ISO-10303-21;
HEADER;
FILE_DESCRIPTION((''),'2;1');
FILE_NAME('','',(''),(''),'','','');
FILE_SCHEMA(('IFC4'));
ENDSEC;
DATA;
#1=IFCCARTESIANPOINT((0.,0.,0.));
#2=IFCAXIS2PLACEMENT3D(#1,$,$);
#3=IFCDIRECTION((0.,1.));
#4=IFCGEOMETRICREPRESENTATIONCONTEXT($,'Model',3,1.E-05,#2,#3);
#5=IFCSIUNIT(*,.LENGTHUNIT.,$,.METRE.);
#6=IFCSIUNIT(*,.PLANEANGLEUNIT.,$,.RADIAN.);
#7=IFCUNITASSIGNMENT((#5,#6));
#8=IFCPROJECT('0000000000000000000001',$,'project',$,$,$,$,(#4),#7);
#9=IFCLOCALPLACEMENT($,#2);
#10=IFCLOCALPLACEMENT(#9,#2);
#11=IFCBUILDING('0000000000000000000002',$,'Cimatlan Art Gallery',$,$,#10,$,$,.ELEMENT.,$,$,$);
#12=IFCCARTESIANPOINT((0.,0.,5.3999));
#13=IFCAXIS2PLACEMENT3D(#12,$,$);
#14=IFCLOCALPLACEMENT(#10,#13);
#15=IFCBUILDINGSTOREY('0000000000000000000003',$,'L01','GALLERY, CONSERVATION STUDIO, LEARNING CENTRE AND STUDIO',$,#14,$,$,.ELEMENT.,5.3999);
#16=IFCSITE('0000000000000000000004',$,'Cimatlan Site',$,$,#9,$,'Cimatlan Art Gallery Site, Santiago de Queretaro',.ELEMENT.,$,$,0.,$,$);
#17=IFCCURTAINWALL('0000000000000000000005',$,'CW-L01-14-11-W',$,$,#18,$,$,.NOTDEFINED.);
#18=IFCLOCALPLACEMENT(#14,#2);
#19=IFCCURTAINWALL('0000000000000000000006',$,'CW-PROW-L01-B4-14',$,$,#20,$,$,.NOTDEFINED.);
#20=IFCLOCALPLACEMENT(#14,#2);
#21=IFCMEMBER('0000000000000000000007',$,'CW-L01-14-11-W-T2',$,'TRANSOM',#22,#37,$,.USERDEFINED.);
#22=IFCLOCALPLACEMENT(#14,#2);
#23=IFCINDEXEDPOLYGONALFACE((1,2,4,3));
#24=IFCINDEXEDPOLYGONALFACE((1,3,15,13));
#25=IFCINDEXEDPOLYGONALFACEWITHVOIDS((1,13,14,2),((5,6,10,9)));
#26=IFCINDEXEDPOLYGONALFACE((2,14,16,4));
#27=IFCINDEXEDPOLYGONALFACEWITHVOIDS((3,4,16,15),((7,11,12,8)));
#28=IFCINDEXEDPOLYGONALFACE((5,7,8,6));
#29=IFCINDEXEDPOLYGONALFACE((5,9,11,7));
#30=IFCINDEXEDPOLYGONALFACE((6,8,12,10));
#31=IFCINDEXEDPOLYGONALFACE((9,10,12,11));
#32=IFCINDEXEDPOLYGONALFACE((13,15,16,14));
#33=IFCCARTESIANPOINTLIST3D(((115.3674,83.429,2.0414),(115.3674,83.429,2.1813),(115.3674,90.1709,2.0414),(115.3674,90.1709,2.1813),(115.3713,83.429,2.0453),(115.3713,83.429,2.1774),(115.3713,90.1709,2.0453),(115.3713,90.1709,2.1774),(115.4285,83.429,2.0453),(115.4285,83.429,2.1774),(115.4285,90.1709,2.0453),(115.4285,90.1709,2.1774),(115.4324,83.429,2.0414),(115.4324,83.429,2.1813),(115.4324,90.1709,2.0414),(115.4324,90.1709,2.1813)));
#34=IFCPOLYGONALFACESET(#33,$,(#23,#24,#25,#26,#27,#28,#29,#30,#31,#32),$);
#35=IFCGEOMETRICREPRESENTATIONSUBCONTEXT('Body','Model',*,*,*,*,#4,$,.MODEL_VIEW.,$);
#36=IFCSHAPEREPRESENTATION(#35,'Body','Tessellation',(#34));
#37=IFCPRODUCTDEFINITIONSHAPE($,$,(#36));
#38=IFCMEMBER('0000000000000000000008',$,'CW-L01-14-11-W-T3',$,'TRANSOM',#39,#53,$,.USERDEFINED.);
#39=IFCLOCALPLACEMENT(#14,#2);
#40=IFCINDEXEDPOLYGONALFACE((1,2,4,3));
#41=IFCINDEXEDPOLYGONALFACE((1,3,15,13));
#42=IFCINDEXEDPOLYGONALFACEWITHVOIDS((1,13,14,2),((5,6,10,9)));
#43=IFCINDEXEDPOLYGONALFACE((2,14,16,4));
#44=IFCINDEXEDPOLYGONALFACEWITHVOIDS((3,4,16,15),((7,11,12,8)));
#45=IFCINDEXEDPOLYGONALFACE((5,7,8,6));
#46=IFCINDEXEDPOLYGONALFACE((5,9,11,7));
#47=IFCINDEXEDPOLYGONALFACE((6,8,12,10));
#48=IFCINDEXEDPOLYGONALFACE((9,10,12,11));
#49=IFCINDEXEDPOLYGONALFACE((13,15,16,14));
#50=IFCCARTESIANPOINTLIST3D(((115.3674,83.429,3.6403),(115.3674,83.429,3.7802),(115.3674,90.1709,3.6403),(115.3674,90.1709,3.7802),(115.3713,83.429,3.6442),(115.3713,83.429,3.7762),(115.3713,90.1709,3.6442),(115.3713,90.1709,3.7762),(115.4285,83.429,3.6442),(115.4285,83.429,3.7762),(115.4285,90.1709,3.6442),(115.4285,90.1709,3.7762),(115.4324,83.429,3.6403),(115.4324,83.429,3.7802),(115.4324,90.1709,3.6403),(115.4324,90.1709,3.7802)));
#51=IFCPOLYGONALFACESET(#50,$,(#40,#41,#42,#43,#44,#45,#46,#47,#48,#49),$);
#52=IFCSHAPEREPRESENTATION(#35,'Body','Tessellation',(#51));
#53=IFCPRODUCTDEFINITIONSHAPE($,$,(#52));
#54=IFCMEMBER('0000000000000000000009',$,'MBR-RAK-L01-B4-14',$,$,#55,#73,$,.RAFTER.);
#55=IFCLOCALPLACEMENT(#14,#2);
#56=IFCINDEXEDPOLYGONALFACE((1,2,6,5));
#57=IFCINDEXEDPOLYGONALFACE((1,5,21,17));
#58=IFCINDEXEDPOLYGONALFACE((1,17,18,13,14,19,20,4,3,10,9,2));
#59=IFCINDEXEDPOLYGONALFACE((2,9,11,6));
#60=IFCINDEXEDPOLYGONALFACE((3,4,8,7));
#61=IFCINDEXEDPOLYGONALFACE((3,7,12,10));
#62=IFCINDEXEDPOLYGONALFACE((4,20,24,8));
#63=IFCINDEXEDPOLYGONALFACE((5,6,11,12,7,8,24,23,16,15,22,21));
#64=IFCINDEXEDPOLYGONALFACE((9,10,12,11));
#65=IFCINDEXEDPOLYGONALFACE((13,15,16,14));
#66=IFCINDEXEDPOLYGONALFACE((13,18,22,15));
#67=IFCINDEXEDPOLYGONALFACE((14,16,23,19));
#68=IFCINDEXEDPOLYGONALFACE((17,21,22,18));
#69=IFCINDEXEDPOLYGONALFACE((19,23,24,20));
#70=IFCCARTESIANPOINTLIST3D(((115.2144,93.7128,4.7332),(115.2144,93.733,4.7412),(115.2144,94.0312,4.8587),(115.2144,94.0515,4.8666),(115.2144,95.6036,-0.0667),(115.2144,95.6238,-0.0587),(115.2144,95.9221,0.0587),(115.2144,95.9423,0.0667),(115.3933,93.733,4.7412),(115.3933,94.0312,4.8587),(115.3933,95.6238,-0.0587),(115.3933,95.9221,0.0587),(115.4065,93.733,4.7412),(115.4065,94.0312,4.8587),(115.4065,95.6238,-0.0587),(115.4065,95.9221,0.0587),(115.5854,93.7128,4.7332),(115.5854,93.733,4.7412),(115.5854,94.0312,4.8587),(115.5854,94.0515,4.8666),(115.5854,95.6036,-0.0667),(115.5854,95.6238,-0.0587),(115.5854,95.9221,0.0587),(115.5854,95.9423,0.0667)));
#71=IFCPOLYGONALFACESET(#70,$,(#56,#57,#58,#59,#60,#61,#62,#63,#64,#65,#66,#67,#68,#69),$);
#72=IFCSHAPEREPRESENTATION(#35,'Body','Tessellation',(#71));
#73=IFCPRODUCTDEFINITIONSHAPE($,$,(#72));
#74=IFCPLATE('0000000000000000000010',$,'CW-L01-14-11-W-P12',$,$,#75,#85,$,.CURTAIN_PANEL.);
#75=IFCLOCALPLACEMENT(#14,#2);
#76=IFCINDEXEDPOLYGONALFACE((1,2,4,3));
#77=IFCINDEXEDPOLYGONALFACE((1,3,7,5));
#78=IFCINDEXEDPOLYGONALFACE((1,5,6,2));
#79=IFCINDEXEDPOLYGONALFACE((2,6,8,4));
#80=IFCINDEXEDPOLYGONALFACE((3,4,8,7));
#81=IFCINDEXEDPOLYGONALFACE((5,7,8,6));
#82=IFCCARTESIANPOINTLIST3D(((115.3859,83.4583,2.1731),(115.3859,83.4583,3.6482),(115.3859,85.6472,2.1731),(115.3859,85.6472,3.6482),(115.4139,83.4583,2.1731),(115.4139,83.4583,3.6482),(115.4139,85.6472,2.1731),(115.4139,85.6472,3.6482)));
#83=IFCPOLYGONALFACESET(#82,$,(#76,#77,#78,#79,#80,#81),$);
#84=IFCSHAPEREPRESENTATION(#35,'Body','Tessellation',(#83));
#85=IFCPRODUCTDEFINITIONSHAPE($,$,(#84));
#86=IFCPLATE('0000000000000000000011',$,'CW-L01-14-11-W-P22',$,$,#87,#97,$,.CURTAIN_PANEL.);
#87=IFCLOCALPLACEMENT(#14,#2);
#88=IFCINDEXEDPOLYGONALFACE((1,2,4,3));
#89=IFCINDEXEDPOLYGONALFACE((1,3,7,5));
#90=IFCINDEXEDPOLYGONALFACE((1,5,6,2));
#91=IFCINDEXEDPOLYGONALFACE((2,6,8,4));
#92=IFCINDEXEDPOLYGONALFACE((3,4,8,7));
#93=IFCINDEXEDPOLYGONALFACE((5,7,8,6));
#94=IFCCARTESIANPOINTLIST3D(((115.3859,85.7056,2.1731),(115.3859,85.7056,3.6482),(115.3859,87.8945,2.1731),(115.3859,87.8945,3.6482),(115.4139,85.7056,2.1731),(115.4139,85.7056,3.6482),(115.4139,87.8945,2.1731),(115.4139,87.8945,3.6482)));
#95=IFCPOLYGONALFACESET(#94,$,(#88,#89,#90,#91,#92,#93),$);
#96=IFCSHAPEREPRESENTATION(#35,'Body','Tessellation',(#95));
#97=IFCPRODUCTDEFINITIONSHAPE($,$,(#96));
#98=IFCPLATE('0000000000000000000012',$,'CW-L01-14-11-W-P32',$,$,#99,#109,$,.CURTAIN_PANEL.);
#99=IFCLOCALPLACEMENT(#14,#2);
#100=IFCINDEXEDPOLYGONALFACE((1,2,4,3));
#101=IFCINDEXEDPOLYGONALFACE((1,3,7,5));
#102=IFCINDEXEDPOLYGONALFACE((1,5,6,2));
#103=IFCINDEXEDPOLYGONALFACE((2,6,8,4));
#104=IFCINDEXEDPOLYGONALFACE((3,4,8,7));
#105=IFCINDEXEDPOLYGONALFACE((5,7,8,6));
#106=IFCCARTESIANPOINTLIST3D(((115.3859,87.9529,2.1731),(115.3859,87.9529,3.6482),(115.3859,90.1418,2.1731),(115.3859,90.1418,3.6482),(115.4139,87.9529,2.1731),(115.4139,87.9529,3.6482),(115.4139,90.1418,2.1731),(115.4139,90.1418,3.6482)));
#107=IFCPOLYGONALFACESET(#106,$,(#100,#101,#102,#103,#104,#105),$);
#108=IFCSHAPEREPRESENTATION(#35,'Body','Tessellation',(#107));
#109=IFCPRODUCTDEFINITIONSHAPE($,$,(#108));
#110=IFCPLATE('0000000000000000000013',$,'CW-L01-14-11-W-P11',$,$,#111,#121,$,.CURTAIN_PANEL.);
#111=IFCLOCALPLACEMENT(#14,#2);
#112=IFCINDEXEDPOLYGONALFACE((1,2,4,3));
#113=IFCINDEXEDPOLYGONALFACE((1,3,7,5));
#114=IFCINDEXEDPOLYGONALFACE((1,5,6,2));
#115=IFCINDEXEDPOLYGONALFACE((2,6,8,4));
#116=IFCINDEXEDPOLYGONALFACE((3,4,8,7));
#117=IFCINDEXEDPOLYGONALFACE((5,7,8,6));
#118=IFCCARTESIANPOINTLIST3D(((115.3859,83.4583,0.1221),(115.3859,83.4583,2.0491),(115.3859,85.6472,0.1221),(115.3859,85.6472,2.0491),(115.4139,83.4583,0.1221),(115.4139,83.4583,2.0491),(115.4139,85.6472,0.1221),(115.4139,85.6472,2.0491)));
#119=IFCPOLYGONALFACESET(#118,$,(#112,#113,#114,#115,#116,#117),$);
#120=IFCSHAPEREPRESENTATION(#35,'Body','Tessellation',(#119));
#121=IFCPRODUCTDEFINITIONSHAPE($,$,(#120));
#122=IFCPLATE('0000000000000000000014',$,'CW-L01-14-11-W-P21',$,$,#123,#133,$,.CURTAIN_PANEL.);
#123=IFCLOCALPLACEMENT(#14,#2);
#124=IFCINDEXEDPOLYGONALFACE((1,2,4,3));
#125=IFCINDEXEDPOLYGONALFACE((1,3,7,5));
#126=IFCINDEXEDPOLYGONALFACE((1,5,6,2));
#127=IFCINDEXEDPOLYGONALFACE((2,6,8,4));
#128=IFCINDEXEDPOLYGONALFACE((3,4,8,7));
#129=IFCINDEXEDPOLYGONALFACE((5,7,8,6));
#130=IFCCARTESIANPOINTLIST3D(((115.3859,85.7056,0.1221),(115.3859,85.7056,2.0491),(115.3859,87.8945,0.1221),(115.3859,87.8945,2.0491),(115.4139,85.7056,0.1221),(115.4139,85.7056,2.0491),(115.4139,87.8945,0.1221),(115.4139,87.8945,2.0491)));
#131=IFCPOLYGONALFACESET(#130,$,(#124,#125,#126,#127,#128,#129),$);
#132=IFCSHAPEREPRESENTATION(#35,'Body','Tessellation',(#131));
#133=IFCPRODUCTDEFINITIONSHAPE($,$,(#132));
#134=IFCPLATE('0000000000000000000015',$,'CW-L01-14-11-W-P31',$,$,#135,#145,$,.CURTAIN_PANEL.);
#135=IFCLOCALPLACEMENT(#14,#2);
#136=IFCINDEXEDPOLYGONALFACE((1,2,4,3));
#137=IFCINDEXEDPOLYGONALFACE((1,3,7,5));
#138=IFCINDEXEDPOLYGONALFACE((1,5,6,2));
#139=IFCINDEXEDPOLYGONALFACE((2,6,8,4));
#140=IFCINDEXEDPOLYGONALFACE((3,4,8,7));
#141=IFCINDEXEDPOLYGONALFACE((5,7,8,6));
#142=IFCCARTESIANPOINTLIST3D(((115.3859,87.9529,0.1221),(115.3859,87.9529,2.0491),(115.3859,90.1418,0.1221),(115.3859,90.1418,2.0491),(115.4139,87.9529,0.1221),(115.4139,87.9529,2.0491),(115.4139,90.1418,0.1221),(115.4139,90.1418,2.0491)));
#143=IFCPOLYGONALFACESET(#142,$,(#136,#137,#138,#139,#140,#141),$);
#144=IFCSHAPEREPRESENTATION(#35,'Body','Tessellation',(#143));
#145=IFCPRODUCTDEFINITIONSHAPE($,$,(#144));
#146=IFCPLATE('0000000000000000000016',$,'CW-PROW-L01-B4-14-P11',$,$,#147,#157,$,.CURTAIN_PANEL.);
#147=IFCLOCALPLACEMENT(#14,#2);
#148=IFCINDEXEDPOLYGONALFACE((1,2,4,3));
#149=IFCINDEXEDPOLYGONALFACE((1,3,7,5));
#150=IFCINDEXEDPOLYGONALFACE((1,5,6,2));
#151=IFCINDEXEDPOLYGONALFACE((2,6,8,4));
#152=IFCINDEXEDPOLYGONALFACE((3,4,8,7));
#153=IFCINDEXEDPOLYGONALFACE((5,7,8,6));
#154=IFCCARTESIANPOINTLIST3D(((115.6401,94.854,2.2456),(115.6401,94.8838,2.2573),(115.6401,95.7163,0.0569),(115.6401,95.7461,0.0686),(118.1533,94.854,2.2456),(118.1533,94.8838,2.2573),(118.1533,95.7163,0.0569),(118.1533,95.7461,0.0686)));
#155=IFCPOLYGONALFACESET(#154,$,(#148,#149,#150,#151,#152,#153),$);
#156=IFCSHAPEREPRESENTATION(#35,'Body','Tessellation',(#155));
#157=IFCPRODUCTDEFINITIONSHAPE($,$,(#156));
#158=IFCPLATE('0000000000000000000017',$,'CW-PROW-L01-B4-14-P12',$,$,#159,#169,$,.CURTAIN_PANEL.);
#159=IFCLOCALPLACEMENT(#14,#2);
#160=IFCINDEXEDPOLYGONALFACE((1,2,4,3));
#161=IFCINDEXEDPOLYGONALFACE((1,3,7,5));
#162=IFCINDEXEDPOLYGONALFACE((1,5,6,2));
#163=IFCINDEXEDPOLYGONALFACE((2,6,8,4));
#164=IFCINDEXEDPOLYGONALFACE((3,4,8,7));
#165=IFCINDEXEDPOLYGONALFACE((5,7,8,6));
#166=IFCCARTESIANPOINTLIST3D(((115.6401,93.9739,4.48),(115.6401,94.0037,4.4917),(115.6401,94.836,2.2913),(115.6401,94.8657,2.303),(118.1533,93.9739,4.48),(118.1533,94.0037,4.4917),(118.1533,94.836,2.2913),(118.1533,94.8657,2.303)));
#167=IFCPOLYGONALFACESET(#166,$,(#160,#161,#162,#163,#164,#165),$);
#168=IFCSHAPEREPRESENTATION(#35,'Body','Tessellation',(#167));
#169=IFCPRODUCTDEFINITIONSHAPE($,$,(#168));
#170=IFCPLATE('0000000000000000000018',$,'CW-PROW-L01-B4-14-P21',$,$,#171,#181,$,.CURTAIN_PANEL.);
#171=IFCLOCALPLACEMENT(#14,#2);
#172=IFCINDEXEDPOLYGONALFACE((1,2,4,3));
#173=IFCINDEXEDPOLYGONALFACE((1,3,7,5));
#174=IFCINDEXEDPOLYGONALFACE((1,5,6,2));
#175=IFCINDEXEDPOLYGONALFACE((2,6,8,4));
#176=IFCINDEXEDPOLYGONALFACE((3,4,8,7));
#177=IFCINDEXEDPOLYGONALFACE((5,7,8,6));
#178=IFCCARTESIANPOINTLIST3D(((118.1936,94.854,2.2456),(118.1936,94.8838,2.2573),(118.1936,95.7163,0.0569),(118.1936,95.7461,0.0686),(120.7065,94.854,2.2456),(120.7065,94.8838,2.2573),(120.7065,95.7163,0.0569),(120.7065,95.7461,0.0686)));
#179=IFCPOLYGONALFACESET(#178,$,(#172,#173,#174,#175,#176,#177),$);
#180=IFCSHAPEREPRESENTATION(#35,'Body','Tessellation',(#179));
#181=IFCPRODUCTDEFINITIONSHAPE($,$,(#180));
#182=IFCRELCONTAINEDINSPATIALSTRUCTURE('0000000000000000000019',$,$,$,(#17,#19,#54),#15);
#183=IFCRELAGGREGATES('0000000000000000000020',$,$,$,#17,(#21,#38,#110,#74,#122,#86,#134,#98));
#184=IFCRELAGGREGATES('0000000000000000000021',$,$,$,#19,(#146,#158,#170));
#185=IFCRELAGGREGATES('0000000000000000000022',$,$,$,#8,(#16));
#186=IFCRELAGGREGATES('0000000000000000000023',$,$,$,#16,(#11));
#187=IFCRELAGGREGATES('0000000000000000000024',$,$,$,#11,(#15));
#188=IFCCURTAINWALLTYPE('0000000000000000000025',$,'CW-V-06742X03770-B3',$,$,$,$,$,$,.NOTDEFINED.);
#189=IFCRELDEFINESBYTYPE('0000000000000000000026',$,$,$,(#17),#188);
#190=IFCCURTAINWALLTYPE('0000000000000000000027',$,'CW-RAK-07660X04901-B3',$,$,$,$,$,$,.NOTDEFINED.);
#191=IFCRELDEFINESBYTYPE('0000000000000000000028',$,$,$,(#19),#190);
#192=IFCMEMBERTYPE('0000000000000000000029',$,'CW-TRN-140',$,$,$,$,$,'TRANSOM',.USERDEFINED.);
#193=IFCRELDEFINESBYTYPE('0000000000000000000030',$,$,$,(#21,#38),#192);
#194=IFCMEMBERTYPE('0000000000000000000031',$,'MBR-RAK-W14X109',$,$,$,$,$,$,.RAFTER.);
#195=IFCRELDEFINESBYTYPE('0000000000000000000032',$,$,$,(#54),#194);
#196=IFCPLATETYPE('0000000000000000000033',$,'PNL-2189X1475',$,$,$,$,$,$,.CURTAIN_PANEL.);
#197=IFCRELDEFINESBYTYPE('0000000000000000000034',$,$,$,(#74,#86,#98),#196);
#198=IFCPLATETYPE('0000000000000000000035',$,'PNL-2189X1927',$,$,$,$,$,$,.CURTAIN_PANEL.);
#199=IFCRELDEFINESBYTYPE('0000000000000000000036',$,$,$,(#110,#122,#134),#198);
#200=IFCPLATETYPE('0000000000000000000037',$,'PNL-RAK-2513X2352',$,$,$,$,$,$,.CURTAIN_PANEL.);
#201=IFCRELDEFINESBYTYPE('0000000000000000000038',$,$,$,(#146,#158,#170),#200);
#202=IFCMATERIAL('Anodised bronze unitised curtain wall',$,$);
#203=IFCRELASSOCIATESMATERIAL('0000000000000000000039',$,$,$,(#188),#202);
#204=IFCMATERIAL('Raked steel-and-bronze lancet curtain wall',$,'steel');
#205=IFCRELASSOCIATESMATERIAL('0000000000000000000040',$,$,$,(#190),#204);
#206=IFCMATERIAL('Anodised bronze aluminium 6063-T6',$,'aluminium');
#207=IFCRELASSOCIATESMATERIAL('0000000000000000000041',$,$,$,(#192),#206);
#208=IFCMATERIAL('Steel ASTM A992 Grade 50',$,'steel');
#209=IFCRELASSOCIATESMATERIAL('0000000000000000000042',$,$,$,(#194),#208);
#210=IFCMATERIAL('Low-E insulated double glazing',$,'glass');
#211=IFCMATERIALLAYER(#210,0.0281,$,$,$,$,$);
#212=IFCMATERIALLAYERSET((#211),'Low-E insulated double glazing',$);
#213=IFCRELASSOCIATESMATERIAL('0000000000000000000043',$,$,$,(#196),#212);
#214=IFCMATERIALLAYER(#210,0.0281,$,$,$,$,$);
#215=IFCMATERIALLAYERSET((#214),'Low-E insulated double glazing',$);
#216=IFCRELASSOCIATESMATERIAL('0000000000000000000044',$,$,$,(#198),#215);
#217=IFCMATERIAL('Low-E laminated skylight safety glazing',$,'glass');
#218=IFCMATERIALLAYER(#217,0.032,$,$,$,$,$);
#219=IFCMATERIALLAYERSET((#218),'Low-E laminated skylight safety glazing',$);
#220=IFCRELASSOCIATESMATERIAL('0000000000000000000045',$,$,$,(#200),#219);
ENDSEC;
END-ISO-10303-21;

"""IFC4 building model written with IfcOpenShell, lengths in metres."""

from ifc_helpers import new_model, si_unit, direction, frame, origin, origin_2d, place, context, subcontext, project, spatial, polyline, rectangle, hollow_rectangle, i_section, outline, extrude, material, layer, layer_set, material_profile, profile_set, type_object, element, aggregate, save


model = new_model("IFC4")

# Units and contexts
model_context = context("Model", 3, precision=1e-05, world=origin(), true_north=direction((0.0, 1.0)))
body_context = subcontext(model_context, "Body", "Model", "MODEL_VIEW")
ifc_project = project(units=[si_unit("LENGTHUNIT", "METRE"), si_unit("PLANEANGLEUNIT", "RADIAN")], contexts=[model_context])

# Site, building, storey
site_placement = place(None, origin())
site = spatial("IfcSite", under=ifc_project, at=site_placement, Name="Cimatlan Site", LongName="Cimatlan Art Gallery Site, Santiago de Queretaro", CompositionType="ELEMENT", RefElevation=0.0)
building_placement = place(site_placement, origin())
building = spatial("IfcBuilding", under=site, at=building_placement, Name="Cimatlan Art Gallery", CompositionType="ELEMENT")
storey_placement = place(building_placement, frame((0.0, 0.0, 5.3999)))
storey = spatial("IfcBuildingStorey", under=building, at=storey_placement, Name="L01", Description="GALLERY, CONSERVATION STUDIO, LEARNING CENTRE AND STUDIO", CompositionType="ELEMENT", Elevation=5.3999)

# Shared definitions
ifc_material_1 = material(Name="Steel ASTM A992 Grade 50", Category="steel")

# Shared definitions
ifc_material_2 = material(Name="Anodised bronze unitised curtain wall")
ifc_material_3 = material(Name="Anodised bronze aluminium 6063-T6", Category="aluminium")

# Curtain walls
curtain_wall_type_1 = type_object("IfcCurtainWallType", Name="CW-V-06742X03770-B3", PredefinedType="NOTDEFINED", material=ifc_material_2)
curtain_wall_1_placement = place(storey_placement, origin())
curtain_wall_1 = element("IfcCurtainWall", 1, at=curtain_wall_1_placement, inside=storey, type_object=curtain_wall_type_1, Name="CW-L01-14-11-W", PredefinedType="NOTDEFINED")
ifc_material_4 = material(Name="Raked steel-and-bronze lancet curtain wall", Category="steel")
curtain_wall_type_2 = type_object("IfcCurtainWallType", Name="CW-RAK-07660X04901-B3", PredefinedType="NOTDEFINED", material=ifc_material_4)
curtain_wall_2_placement = place(storey_placement, origin())
curtain_wall_2 = element("IfcCurtainWall", 2, at=curtain_wall_2_placement, inside=storey, type_object=curtain_wall_type_2, Name="CW-PROW-L01-B4-14", PredefinedType="NOTDEFINED")
ifc_material_profile_1 = material_profile(ifc_material_3, hollow_rectangle(XDim=0.0649, YDim=0.1399, WallThickness=0.0039, at=origin_2d()), Name="ALU65X140X4")
ifc_profile_set_1 = profile_set([ifc_material_profile_1], Name="Anodised bronze aluminium 6063-T6")
member_type_1 = type_object("IfcMemberType", Name="CW-TRN-140", ElementType="TRANSOM", PredefinedType="USERDEFINED", material=ifc_profile_set_1)

# Members
member_1_placement = place(storey_placement, frame((115.3999, 83.429, 2.1113), z_axis=(0.0, 1.0, 0.0), x_axis=(-1.0, 0.0, 0.0)))
member_1 = element("IfcMember", 3, at=member_1_placement, type_object=member_type_1, Name="CW-L01-14-11-W-T2", ObjectType="TRANSOM", PredefinedType="USERDEFINED", context=body_context, shape_type="SweptSolid", body=[
    extrude(hollow_rectangle(XDim=0.0649, YDim=0.1399, WallThickness=0.0039, at=origin_2d()), origin(), (0.0, 0.0, 1.0), 6.7419),
])
member_2_placement = place(storey_placement, frame((115.3999, 83.429, 3.7102), z_axis=(0.0, 1.0, 0.0), x_axis=(-1.0, 0.0, 0.0)))
member_2 = element("IfcMember", 4, at=member_2_placement, type_object=member_type_1, Name="CW-L01-14-11-W-T3", ObjectType="TRANSOM", PredefinedType="USERDEFINED", context=body_context, shape_type="SweptSolid", body=[
    extrude(hollow_rectangle(XDim=0.0649, YDim=0.1399, WallThickness=0.0039, at=origin_2d()), origin(), (0.0, 0.0, 1.0), 6.7419),
])
ifc_material_profile_2 = material_profile(ifc_material_1, i_section(OverallWidth=0.3711, OverallDepth=0.364, WebThickness=0.0132, FlangeThickness=0.0217, at=origin_2d()), Name="W14X109")
ifc_profile_set_2 = profile_set([ifc_material_profile_2], Name="Steel ASTM A992 Grade 50")
member_type_2 = type_object("IfcMemberType", Name="MBR-RAK-W14X109", PredefinedType="RAFTER", material=ifc_profile_set_2)
member_3_placement = place(storey_placement, frame((115.3999, 95.7729, 0.0), z_axis=(0.0, -0.366515, 0.930412), x_axis=(1.0, 0.0, 0.0)))
element("IfcMember", 5, at=member_3_placement, inside=storey, type_object=member_type_2, Name="MBR-RAK-L01-B4-14", PredefinedType="RAFTER", context=body_context, shape_type="SweptSolid", body=[
    extrude(i_section(OverallWidth=0.3711, OverallDepth=0.364, WebThickness=0.0132, FlangeThickness=0.0217, at=origin_2d()), origin(), (0.0, 0.0, 1.0), 5.1589),
])

# Plates
ifc_material_5 = material(Name="Low-E insulated double glazing", Category="glass")
ifc_layer_1 = layer(ifc_material_5, 0.0281)
ifc_layer_set_1 = layer_set([ifc_layer_1], Name="Low-E insulated double glazing")
plate_type_1 = type_object("IfcPlateType", Name="PNL-2189X1475", PredefinedType="CURTAIN_PANEL", material=ifc_layer_set_1)
plate_1_placement = place(storey_placement, frame((115.3999, 84.5527, 2.1731), z_axis=(0.0, 0.0, 1.0), x_axis=(0.0, 1.0, 0.0)))
plate_1 = element("IfcPlate", 6, at=plate_1_placement, type_object=plate_type_1, Name="CW-L01-14-11-W-P12", PredefinedType="CURTAIN_PANEL", context=body_context, shape_type="SweptSolid", body=[
    extrude(rectangle(XDim=2.189, YDim=0.0281, at=origin_2d()), origin(), (0.0, 0.0, 1.0), 1.4751),
])
plate_2_placement = place(storey_placement, frame((115.3999, 86.8, 2.1731), z_axis=(0.0, 0.0, 1.0), x_axis=(0.0, 1.0, 0.0)))
plate_2 = element("IfcPlate", 7, at=plate_2_placement, type_object=plate_type_1, Name="CW-L01-14-11-W-P22", PredefinedType="CURTAIN_PANEL", context=body_context, shape_type="SweptSolid", body=[
    extrude(rectangle(XDim=2.189, YDim=0.0281, at=origin_2d()), origin(), (0.0, 0.0, 1.0), 1.4751),
])
plate_3_placement = place(storey_placement, frame((115.3999, 89.0474, 2.1731), z_axis=(0.0, 0.0, 1.0), x_axis=(0.0, 1.0, 0.0)))
plate_3 = element("IfcPlate", 8, at=plate_3_placement, type_object=plate_type_1, Name="CW-L01-14-11-W-P32", PredefinedType="CURTAIN_PANEL", context=body_context, shape_type="SweptSolid", body=[
    extrude(rectangle(XDim=2.189, YDim=0.0281, at=origin_2d()), origin(), (0.0, 0.0, 1.0), 1.4751),
])
ifc_layer_2 = layer(ifc_material_5, 0.0281)
ifc_layer_set_2 = layer_set([ifc_layer_2], Name="Low-E insulated double glazing")
plate_type_2 = type_object("IfcPlateType", Name="PNL-2189X1927", PredefinedType="CURTAIN_PANEL", material=ifc_layer_set_2)
plate_4_placement = place(storey_placement, frame((115.3999, 84.5527, 0.1221), z_axis=(0.0, 0.0, 1.0), x_axis=(0.0, 1.0, 0.0)))
plate_4 = element("IfcPlate", 9, at=plate_4_placement, type_object=plate_type_2, Name="CW-L01-14-11-W-P11", PredefinedType="CURTAIN_PANEL", context=body_context, shape_type="SweptSolid", body=[
    extrude(rectangle(XDim=2.189, YDim=0.0281, at=origin_2d()), origin(), (0.0, 0.0, 1.0), 1.927),
])
plate_5_placement = place(storey_placement, frame((115.3999, 86.8, 0.1221), z_axis=(0.0, 0.0, 1.0), x_axis=(0.0, 1.0, 0.0)))
plate_5 = element("IfcPlate", 10, at=plate_5_placement, type_object=plate_type_2, Name="CW-L01-14-11-W-P21", PredefinedType="CURTAIN_PANEL", context=body_context, shape_type="SweptSolid", body=[
    extrude(rectangle(XDim=2.189, YDim=0.0281, at=origin_2d()), origin(), (0.0, 0.0, 1.0), 1.927),
])
plate_6_placement = place(storey_placement, frame((115.3999, 89.0474, 0.1221), z_axis=(0.0, 0.0, 1.0), x_axis=(0.0, 1.0, 0.0)))
plate_6 = element("IfcPlate", 11, at=plate_6_placement, type_object=plate_type_2, Name="CW-L01-14-11-W-P31", PredefinedType="CURTAIN_PANEL", context=body_context, shape_type="SweptSolid", body=[
    extrude(rectangle(XDim=2.189, YDim=0.0281, at=origin_2d()), origin(), (0.0, 0.0, 1.0), 1.927),
])
aggregate(curtain_wall_1, [member_1, member_2, plate_4, plate_1, plate_5, plate_2, plate_6, plate_3])
ifc_material_6 = material(Name="Low-E laminated skylight safety glazing", Category="glass")
ifc_layer_3 = layer(ifc_material_6, 0.032)
ifc_layer_set_3 = layer_set([ifc_layer_3], Name="Low-E laminated skylight safety glazing")
plate_type_3 = type_object("IfcPlateType", Name="PNL-RAK-2513X2352", PredefinedType="CURTAIN_PANEL", material=ifc_layer_set_3)
plate_7_placement = place(storey_placement, frame((115.6401, 95.7461, 0.0686), z_axis=(0.0, 0.930397, 0.366554), x_axis=(1.0, 0.0, 0.0)))
plate_7 = element("IfcPlate", 12, at=plate_7_placement, type_object=plate_type_3, Name="CW-PROW-L01-B4-14-P11", PredefinedType="CURTAIN_PANEL", context=body_context, shape_type="SweptSolid", body=[
    extrude(outline(polyline([(0.0, 0.0), (2.5132, 0.0), (2.5132, -2.3525), (0.0, -2.3525), (0.0, 0.0)])), origin(), (0.0, 0.0, -1.0), 0.032),
])
plate_8_placement = place(storey_placement, frame((115.6401, 94.8657, 2.303), z_axis=(0.0, 0.930432, 0.366465), x_axis=(1.0, 0.0, 0.0)))
plate_8 = element("IfcPlate", 13, at=plate_8_placement, type_object=plate_type_3, Name="CW-PROW-L01-B4-14-P12", PredefinedType="CURTAIN_PANEL", context=body_context, shape_type="SweptSolid", body=[
    extrude(outline(polyline([(0.0, 0.0), (2.5132, 0.0), (2.5132, -2.3524), (0.0, -2.3524), (0.0, 0.0)])), origin(), (0.0, 0.0, -1.0), 0.032),
])
plate_9_placement = place(storey_placement, frame((118.1936, 95.7461, 0.0686), z_axis=(0.0, 0.930397, 0.366554), x_axis=(1.0, 0.0, 0.0)))
plate_9 = element("IfcPlate", 14, at=plate_9_placement, type_object=plate_type_3, Name="CW-PROW-L01-B4-14-P21", PredefinedType="CURTAIN_PANEL", context=body_context, shape_type="SweptSolid", body=[
    extrude(outline(polyline([(0.0, 0.0), (2.5129, 0.0), (2.5129, -2.3525), (0.0, -2.3525), (0.0, 0.0)])), origin(), (0.0, 0.0, -1.0), 0.032),
])
aggregate(curtain_wall_2, [plate_7, plate_8, plate_9])

save(model, "model.ifc")
